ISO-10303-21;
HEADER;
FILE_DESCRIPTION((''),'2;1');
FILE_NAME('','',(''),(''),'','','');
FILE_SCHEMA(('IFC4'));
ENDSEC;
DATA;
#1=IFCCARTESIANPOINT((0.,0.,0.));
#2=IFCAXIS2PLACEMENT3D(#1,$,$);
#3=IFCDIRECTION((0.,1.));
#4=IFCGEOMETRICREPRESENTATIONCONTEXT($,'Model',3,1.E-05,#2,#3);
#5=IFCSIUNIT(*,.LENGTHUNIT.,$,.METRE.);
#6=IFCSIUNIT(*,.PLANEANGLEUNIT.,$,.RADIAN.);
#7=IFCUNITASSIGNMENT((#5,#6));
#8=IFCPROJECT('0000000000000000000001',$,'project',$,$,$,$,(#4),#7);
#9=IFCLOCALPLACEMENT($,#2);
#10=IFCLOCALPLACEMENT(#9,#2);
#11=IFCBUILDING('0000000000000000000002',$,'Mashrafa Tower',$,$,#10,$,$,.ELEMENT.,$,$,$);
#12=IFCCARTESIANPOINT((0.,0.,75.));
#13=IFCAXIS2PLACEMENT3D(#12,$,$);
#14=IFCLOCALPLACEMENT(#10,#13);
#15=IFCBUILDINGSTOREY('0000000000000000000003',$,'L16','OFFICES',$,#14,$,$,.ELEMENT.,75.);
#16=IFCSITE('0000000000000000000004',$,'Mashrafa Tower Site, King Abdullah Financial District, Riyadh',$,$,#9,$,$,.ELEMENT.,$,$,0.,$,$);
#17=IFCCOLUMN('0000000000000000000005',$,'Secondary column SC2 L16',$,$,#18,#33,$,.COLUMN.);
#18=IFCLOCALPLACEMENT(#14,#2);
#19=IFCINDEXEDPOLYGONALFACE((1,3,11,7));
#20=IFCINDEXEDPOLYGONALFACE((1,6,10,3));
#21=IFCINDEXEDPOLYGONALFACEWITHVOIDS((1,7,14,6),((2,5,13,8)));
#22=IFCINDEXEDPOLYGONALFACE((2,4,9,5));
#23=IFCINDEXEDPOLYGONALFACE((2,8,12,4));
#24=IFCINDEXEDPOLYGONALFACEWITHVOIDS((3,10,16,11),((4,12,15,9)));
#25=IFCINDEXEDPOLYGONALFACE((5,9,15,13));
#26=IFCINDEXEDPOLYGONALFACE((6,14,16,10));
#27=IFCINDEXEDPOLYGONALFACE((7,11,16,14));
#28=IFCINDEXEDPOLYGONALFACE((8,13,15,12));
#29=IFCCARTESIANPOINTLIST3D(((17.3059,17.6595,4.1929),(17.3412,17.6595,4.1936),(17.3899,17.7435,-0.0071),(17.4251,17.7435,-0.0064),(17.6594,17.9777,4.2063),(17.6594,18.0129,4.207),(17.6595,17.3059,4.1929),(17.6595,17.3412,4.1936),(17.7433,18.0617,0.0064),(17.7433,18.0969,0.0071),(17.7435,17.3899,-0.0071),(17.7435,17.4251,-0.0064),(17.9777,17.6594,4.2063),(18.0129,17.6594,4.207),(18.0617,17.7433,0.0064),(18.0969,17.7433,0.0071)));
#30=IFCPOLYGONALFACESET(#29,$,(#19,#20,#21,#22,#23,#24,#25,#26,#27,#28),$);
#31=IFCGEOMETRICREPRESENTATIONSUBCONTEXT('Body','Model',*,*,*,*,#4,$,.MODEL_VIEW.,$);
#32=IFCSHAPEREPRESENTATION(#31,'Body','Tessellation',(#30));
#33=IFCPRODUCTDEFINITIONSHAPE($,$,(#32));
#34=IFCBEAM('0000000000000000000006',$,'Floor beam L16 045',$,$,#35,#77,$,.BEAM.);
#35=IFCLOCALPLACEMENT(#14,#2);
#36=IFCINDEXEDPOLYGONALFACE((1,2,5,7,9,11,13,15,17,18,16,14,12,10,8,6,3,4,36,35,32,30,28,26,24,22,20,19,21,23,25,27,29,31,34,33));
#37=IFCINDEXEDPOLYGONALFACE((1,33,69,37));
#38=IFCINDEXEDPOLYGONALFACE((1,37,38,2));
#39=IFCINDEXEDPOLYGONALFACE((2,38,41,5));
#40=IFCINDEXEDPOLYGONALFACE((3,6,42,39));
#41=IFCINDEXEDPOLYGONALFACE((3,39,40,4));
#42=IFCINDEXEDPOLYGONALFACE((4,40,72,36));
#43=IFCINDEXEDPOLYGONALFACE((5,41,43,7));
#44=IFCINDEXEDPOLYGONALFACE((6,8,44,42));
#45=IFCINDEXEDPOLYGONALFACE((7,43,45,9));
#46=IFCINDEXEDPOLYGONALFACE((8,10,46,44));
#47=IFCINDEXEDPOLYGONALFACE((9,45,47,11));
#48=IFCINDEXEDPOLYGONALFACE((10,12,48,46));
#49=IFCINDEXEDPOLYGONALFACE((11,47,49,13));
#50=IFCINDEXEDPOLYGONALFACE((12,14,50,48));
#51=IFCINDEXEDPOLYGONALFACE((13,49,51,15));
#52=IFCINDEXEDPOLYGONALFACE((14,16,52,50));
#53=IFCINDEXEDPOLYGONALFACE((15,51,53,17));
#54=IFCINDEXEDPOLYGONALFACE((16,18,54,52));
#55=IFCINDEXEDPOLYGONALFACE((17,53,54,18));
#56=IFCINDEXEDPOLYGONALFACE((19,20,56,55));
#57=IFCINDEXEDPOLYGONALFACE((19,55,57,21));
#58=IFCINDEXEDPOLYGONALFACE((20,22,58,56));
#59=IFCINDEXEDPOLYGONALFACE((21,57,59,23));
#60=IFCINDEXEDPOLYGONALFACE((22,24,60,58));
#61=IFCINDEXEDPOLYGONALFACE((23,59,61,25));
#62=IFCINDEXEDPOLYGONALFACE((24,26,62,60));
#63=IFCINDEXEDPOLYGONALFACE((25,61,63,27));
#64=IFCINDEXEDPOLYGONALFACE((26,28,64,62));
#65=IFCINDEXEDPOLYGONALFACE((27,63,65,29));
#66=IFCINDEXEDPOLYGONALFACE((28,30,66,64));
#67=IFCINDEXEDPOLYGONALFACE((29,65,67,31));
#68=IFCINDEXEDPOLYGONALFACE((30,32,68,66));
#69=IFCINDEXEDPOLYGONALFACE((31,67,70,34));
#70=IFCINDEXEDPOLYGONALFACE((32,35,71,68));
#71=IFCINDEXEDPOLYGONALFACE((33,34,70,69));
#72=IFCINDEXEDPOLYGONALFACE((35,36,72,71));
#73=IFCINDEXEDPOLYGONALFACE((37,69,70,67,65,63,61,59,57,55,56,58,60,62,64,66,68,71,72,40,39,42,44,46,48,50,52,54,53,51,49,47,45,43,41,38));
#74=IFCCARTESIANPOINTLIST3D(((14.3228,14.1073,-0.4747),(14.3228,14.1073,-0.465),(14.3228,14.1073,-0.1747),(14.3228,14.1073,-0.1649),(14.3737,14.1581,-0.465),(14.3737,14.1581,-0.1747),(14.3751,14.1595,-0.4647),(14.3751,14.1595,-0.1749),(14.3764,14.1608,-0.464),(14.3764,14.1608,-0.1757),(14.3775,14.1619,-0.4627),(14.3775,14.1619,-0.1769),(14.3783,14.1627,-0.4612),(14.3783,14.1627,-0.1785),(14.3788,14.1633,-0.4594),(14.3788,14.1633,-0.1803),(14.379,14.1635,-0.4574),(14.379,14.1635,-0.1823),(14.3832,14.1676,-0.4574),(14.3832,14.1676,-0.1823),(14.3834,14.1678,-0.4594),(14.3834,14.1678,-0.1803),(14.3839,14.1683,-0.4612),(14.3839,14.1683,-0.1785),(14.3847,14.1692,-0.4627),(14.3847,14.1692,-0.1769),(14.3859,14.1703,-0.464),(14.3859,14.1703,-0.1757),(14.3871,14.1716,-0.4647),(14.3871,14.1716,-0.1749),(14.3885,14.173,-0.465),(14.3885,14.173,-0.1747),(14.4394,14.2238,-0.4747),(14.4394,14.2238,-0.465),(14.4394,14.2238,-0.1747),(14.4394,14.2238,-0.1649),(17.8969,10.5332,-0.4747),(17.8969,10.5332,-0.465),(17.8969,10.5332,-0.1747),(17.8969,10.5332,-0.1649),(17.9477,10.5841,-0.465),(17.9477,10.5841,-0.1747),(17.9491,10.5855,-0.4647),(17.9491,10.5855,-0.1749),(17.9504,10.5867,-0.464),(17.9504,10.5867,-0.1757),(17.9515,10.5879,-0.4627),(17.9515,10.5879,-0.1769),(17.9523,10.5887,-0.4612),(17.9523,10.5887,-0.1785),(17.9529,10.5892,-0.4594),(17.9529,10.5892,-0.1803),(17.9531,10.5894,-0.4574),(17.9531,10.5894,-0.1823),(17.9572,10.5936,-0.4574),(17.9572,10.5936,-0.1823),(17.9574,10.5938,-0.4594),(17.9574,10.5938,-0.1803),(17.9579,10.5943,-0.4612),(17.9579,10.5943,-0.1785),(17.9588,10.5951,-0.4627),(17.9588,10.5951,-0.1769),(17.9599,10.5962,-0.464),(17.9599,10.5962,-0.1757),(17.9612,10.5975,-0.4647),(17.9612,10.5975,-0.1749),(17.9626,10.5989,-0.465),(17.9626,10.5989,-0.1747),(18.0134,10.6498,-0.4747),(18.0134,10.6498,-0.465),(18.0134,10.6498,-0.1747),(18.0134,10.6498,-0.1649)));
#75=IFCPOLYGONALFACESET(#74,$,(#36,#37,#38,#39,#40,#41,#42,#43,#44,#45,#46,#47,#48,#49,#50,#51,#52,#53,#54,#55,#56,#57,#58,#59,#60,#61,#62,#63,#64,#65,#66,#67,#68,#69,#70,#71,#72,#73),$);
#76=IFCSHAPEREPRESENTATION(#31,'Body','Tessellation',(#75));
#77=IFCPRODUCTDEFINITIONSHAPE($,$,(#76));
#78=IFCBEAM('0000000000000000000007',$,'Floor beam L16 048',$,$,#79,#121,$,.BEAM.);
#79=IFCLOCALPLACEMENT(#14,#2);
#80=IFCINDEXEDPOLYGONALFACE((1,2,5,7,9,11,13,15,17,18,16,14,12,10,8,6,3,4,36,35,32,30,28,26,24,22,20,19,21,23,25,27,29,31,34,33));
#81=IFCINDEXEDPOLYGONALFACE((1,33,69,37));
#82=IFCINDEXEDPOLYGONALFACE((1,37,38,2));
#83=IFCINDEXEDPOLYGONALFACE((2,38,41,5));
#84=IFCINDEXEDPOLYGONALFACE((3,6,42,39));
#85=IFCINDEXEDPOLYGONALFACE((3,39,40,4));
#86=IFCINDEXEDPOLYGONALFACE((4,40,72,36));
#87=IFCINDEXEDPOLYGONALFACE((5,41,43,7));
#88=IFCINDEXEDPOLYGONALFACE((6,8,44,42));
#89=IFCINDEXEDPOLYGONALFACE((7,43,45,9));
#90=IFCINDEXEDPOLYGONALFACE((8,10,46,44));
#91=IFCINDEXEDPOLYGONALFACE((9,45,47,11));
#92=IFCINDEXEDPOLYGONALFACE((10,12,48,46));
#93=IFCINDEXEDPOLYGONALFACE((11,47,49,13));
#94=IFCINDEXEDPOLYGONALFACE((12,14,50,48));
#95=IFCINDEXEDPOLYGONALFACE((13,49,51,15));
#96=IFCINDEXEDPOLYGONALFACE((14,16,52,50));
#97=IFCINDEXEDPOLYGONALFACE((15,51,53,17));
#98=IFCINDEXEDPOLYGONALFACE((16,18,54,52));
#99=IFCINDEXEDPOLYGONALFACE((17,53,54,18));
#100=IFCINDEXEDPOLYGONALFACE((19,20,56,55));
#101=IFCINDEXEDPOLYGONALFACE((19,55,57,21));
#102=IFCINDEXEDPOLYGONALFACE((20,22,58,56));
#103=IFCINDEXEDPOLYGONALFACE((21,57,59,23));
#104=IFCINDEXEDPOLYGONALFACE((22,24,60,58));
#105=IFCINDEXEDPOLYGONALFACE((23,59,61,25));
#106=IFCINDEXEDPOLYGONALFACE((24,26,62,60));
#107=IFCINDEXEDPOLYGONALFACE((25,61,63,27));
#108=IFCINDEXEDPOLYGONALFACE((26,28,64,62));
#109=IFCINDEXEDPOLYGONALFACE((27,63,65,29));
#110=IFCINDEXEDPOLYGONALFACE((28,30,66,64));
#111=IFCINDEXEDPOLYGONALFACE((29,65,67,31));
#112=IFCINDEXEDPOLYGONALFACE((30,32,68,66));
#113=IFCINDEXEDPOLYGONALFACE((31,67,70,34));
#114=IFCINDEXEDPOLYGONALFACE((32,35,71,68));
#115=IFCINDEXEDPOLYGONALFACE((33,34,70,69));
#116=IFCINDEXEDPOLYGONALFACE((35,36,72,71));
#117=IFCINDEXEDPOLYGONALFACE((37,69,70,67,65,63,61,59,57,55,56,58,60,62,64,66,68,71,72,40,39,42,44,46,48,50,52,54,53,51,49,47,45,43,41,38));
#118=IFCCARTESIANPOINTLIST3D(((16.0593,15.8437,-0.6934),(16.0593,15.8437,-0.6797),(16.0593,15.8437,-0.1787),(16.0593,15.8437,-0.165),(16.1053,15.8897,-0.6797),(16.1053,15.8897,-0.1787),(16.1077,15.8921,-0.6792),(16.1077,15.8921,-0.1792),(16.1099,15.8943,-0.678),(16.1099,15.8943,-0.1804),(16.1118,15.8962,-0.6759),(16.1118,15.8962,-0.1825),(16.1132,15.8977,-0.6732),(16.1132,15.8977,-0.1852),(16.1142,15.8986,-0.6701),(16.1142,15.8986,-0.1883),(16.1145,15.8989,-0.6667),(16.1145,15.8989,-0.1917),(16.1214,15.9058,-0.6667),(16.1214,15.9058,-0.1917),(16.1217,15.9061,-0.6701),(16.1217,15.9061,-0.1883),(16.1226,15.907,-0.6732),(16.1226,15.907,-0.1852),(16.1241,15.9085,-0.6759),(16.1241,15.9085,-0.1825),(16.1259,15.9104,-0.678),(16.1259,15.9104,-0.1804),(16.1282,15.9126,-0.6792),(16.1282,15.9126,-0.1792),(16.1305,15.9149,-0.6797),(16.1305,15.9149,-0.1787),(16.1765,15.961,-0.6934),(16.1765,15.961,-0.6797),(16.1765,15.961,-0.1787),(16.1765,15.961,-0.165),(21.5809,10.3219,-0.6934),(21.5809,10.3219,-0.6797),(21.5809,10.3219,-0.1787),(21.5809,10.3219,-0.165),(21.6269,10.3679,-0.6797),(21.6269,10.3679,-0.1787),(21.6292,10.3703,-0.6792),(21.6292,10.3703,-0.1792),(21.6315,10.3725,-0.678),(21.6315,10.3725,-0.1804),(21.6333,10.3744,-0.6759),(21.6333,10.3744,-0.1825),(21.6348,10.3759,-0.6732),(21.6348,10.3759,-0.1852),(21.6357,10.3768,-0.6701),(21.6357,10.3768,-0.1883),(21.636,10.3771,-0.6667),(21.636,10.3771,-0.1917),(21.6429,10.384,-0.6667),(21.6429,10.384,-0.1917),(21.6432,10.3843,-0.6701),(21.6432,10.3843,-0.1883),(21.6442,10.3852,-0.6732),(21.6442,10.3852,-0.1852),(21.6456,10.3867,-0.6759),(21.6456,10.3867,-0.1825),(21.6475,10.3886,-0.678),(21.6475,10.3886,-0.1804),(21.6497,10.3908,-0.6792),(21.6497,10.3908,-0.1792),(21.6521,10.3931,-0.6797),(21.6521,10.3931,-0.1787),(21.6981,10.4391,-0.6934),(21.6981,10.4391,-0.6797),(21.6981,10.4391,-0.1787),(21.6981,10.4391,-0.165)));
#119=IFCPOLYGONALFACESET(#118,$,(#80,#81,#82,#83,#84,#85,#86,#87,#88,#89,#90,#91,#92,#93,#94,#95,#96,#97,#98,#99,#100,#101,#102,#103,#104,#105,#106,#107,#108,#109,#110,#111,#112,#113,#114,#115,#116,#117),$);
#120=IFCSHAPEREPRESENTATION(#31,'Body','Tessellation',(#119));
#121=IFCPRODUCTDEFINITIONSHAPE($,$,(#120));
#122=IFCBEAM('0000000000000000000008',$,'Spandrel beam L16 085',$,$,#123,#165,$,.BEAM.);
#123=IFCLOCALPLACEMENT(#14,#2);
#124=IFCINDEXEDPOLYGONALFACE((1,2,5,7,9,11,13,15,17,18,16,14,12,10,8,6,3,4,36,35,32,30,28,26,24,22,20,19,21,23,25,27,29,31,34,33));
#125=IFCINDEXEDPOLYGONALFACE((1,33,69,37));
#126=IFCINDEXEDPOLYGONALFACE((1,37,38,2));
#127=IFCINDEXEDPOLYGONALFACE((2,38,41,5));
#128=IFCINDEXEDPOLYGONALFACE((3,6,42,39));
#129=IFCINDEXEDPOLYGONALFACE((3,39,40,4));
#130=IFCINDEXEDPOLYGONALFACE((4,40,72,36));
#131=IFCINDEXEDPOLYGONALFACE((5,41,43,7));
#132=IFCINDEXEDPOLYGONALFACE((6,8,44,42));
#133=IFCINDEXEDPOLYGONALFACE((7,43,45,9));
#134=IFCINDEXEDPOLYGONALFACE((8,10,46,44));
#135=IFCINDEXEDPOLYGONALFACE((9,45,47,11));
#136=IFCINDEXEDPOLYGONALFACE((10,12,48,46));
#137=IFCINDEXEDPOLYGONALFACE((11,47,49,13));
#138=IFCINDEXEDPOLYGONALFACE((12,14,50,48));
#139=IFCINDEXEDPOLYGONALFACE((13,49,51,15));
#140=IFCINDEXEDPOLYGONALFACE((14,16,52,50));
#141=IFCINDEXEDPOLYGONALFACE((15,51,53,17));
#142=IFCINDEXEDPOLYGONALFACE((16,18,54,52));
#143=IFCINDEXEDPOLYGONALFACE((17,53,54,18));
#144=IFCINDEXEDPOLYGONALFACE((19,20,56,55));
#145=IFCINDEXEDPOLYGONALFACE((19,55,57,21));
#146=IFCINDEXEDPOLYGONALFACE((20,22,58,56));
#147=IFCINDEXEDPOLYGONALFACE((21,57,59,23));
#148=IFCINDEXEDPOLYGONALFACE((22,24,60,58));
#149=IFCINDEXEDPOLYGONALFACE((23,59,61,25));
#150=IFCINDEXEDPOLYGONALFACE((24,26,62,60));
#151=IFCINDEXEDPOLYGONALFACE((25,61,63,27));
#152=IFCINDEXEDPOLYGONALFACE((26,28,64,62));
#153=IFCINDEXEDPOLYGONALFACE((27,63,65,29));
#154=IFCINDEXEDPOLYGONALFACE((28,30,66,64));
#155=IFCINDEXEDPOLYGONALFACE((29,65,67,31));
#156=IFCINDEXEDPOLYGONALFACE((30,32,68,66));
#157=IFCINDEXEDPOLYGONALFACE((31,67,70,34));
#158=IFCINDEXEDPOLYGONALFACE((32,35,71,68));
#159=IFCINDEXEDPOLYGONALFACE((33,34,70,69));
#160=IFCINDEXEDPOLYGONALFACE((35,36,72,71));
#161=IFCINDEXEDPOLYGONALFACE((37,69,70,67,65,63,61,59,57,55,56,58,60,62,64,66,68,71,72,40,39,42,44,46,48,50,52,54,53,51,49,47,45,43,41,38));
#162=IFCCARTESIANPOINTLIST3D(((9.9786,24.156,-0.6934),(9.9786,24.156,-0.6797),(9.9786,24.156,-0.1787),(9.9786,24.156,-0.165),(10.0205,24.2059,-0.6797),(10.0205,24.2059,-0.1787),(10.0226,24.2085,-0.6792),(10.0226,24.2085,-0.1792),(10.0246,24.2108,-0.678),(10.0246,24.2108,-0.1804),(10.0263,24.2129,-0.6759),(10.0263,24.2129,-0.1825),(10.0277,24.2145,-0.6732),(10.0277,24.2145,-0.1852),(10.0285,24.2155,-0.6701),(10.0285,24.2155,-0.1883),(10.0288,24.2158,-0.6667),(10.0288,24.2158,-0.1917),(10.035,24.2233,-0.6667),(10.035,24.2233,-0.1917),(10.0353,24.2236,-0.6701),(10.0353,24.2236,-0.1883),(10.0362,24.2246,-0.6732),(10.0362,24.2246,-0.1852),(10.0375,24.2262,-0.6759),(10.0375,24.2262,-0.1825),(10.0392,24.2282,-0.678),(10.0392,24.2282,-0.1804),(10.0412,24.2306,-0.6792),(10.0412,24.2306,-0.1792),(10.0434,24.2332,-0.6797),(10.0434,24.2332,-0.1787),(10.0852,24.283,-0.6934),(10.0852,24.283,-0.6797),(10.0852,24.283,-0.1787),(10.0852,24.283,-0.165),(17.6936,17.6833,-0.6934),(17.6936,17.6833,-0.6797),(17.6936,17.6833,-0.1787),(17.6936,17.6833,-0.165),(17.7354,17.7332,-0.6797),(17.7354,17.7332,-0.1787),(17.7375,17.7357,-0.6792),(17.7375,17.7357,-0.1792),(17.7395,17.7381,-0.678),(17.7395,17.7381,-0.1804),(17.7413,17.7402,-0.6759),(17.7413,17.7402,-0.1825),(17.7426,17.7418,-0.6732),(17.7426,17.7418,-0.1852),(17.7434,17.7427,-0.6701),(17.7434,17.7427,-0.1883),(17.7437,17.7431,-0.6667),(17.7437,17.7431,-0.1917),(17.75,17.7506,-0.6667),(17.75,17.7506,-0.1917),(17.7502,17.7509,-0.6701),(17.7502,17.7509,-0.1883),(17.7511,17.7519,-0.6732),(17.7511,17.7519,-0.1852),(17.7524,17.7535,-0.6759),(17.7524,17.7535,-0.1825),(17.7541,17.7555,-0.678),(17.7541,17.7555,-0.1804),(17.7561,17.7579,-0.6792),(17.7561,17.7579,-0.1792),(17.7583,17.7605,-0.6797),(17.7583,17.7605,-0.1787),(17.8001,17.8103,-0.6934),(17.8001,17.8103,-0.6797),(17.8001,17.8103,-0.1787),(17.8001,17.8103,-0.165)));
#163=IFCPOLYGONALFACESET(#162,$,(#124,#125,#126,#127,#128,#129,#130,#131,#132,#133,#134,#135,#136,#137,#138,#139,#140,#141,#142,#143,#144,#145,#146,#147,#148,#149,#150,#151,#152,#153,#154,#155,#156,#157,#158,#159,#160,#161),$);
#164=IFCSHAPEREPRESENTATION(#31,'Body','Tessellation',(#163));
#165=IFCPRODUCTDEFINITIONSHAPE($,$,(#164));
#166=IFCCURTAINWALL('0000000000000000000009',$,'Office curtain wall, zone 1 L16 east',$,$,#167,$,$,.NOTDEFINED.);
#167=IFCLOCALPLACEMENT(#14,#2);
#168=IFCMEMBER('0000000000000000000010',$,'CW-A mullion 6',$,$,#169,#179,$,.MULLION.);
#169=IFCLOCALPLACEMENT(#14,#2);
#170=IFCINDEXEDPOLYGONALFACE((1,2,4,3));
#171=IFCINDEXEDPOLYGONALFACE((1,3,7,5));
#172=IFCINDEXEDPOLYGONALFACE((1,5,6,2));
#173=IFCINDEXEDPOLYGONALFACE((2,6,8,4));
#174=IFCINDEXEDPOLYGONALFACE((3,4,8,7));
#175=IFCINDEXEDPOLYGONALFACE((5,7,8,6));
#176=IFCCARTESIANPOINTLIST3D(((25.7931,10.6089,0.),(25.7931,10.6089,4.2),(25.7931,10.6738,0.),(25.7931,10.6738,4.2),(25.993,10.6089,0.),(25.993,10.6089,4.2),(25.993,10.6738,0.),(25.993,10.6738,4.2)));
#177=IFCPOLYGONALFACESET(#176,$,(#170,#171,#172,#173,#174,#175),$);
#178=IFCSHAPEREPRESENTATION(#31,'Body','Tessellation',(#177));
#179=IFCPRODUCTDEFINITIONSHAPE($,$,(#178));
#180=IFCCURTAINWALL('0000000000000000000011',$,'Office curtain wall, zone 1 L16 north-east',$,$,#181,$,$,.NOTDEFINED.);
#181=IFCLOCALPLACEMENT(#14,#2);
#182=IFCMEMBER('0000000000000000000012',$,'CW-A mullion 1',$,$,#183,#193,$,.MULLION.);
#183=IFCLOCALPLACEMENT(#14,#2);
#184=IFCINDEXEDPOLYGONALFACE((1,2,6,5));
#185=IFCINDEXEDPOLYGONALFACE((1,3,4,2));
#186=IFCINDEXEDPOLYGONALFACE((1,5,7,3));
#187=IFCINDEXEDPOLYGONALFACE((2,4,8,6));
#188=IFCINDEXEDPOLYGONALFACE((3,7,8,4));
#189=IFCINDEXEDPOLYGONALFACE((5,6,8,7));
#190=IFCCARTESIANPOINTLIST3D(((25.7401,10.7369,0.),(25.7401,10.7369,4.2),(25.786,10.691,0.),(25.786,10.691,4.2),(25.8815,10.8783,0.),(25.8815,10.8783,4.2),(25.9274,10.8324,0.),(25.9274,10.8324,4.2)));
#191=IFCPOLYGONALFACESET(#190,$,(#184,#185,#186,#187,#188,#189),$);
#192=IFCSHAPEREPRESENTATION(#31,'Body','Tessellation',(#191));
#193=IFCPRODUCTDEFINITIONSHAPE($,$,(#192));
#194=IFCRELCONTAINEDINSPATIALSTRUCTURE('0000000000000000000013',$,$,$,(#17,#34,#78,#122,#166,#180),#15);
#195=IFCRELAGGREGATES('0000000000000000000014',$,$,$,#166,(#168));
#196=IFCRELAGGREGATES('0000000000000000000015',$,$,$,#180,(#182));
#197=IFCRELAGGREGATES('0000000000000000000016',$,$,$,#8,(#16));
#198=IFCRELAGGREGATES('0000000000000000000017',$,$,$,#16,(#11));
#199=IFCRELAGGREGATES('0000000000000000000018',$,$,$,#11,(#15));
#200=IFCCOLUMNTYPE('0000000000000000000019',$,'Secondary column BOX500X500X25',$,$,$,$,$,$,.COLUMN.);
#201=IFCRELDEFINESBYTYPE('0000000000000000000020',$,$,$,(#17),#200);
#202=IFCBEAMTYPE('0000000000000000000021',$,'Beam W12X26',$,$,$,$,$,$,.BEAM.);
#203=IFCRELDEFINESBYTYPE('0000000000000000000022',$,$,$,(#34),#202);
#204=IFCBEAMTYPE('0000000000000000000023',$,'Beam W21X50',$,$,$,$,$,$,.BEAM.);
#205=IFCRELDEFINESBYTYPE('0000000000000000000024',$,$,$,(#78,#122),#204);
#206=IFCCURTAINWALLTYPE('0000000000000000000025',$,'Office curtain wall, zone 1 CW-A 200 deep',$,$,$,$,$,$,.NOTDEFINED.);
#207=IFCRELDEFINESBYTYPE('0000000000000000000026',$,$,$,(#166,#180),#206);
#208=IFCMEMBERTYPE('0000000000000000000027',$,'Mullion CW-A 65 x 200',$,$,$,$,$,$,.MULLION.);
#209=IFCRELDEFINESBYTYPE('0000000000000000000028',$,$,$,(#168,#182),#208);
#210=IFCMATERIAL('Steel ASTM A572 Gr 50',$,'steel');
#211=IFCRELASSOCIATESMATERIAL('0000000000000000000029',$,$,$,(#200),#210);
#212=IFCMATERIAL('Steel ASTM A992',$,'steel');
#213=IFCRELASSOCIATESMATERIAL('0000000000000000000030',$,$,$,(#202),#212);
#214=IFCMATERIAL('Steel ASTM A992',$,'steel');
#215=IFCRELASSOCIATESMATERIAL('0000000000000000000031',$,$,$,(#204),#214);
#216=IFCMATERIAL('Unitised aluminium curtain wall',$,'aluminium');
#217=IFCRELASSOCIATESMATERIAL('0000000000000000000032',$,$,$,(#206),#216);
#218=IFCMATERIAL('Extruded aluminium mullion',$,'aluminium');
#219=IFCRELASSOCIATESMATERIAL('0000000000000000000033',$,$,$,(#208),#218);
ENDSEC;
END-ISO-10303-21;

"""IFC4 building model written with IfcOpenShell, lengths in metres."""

from ifc_helpers import new_model, si_unit, direction, frame, origin, origin_2d, place, context, subcontext, project, spatial, rectangle, hollow_rectangle, i_section, extrude, source, transform, mapped, material, material_profile, profile_set, type_object, type_shapes, element, aggregate, save


model = new_model("IFC4")

# Units and contexts
model_context = context("Model", 3, precision=1e-05, world=origin(), true_north=direction((0.0, 1.0)))
body_context = subcontext(model_context, "Body", "Model", "MODEL_VIEW")
ifc_project = project(units=[si_unit("LENGTHUNIT", "METRE"), si_unit("PLANEANGLEUNIT", "RADIAN")], contexts=[model_context])

# Site, building, storey
site_placement = place(None, origin())
site = spatial("IfcSite", under=ifc_project, at=site_placement, Name="Mashrafa Tower Site, King Abdullah Financial District, Riyadh", CompositionType="ELEMENT", RefElevation=0.0)
building_placement = place(site_placement, origin())
building = spatial("IfcBuilding", under=site, at=building_placement, Name="Mashrafa Tower", CompositionType="ELEMENT")
storey_placement = place(building_placement, frame((0.0, 0.0, 75.0)))
storey = spatial("IfcBuildingStorey", under=building, at=storey_placement, Name="L16", Description="OFFICES", CompositionType="ELEMENT", Elevation=75.0)

# Column
ifc_material_1 = material(Name="Steel ASTM A572 Gr 50", Category="steel")
ifc_material_profile_1 = material_profile(ifc_material_1, hollow_rectangle(XDim=0.5, YDim=0.5, WallThickness=0.0249, at=origin_2d()), Name="BOX500X500X25")
ifc_profile_set_1 = profile_set([ifc_material_profile_1], Name="Steel ASTM A572 Gr 50")
column_type = type_object("IfcColumnType", Name="Secondary column BOX500X500X25", PredefinedType="COLUMN", material=ifc_profile_set_1)
column_placement = place(storey_placement, frame((17.7434, 17.7434, 0.0), z_axis=(-0.019989, -0.019989, 0.9996), x_axis=(0.707107, -0.707107, 0.0)))
element("IfcColumn", 1, at=column_placement, inside=storey, type_object=column_type, Name="Secondary column SC2 L16", PredefinedType="COLUMN", context=body_context, shape_type="SweptSolid", body=[
    extrude(hollow_rectangle(XDim=0.5, YDim=0.5, WallThickness=0.0249, at=origin_2d()), origin(), (0.0, 0.0, 1.0), 4.2017),
])

# Beams
ifc_material_2 = material(Name="Steel ASTM A992", Category="steel")
ifc_material_profile_2 = material_profile(ifc_material_2, i_section(OverallWidth=0.1648, OverallDepth=0.3098, WebThickness=0.0059, FlangeThickness=0.0098, FilletRadius=0.0076, at=origin_2d()), Name="W12X26")
ifc_profile_set_2 = profile_set([ifc_material_profile_2], Name="Steel ASTM A992")
beam_type_1 = type_object("IfcBeamType", Name="Beam W12X26", PredefinedType="BEAM", material=ifc_profile_set_2)
beam_1_placement = place(storey_placement, frame((14.3811, 14.1655, -0.3198), z_axis=(0.707107, -0.707107, 0.0), x_axis=(0.707107, 0.707107, 0.0)))
element("IfcBeam", 2, at=beam_1_placement, inside=storey, type_object=beam_type_1, Name="Floor beam L16 045", PredefinedType="BEAM", context=body_context, shape_type="SweptSolid", body=[
    extrude(i_section(OverallWidth=0.1648, OverallDepth=0.3098, WebThickness=0.0059, FlangeThickness=0.0098, FilletRadius=0.0076, at=origin_2d()), origin(), (0.0, 0.0, 1.0), 5.0544),
])
ifc_material_3 = material(Name="Steel ASTM A992", Category="steel")
ifc_material_profile_3 = material_profile(ifc_material_3, i_section(OverallWidth=0.1658, OverallDepth=0.5283, WebThickness=0.0098, FlangeThickness=0.0137, FilletRadius=0.0129, at=origin_2d()), Name="W21X50")
ifc_profile_set_3 = profile_set([ifc_material_profile_3], Name="Steel ASTM A992")
beam_type_2 = type_object("IfcBeamType", Name="Beam W21X50", PredefinedType="BEAM", material=ifc_profile_set_3)
beam_2_placement = place(storey_placement, frame((16.1179, 15.9023, -0.4292), z_axis=(0.707091, -0.707122, 0.0), x_axis=(0.707122, 0.707091, 0.0)))
element("IfcBeam", 3, at=beam_2_placement, inside=storey, type_object=beam_type_2, Name="Floor beam L16 048", PredefinedType="BEAM", context=body_context, shape_type="SweptSolid", body=[
    extrude(i_section(OverallWidth=0.1658, OverallDepth=0.5283, WebThickness=0.0098, FlangeThickness=0.0137, FilletRadius=0.0129, at=origin_2d()), origin(), (0.0, 0.0, 1.0), 7.8088),
])
beam_3_placement = place(storey_placement, frame((17.7468, 17.7468, -0.4292), z_axis=(-0.766087, 0.642737, 0.0), x_axis=(-0.642737, -0.766087, 0.0)))
element("IfcBeam", 4, at=beam_3_placement, inside=storey, type_object=beam_type_2, Name="Spandrel beam L16 085", PredefinedType="BEAM", context=body_context, shape_type="SweptSolid", body=[
    extrude(i_section(OverallWidth=0.1658, OverallDepth=0.5283, WebThickness=0.0098, FlangeThickness=0.0137, FilletRadius=0.0129, at=origin_2d()), origin(), (0.0, 0.0, 1.0), 10.0706),
])

# Curtain wall, member
ifc_material_4 = material(Name="Unitised aluminium curtain wall", Category="aluminium")
curtain_wall_type = type_object("IfcCurtainWallType", Name="Office curtain wall, zone 1 CW-A 200 deep", PredefinedType="NOTDEFINED", material=ifc_material_4)
curtain_wall_1_placement = place(storey_placement, origin())
curtain_wall_1 = element("IfcCurtainWall", 5, at=curtain_wall_1_placement, inside=storey, type_object=curtain_wall_type, Name="Office curtain wall, zone 1 L16 east", PredefinedType="NOTDEFINED")
ifc_material_5 = material(Name="Extruded aluminium mullion", Category="aluminium")
ifc_material_profile_4 = material_profile(ifc_material_5, rectangle(XDim=0.2, YDim=0.0649, at=origin_2d()), Name="Mullion 65x200")
ifc_profile_set_4 = profile_set([ifc_material_profile_4], Name="Extruded aluminium mullion")
member_type_1 = type_object("IfcMemberType", Name="Mullion CW-A 65 x 200", PredefinedType="MULLION", material=ifc_profile_set_4)
shared_shape_1 = source(origin(), body_context, "Body", "SweptSolid", [
    extrude(rectangle(XDim=0.2, YDim=0.0649, at=origin_2d()), origin(), (0.0, 0.0, 1.0), 4.2),
])
type_shapes(member_type_1, [shared_shape_1])
member_1_placement = place(storey_placement, frame((25.8931, 10.6414, 0.0), z_axis=(0.0, 0.0, 1.0), x_axis=(-1.0, 0.0, 0.0)))
member_1 = element("IfcMember", 6, at=member_1_placement, type_object=member_type_1, Name="CW-A mullion 6", PredefinedType="MULLION", context=body_context, shape_type="MappedRepresentation", body=[
    mapped(shared_shape_1, transform((0.0, 0.0, 0.0))),
])
aggregate(curtain_wall_1, [member_1])

# Curtain wall, member
curtain_wall_2_placement = place(storey_placement, origin())
curtain_wall_2 = element("IfcCurtainWall", 7, at=curtain_wall_2_placement, inside=storey, type_object=curtain_wall_type, Name="Office curtain wall, zone 1 L16 north-east", PredefinedType="NOTDEFINED")
member_2_placement = place(storey_placement, frame((25.8337, 10.7847, 0.0), z_axis=(0.0, 0.0, 1.0), x_axis=(-0.707107, -0.707107, 0.0)))
member_2 = element("IfcMember", 8, at=member_2_placement, type_object=member_type_1, Name="CW-A mullion 1", PredefinedType="MULLION", context=body_context, shape_type="MappedRepresentation", body=[
    mapped(shared_shape_1, transform((0.0, 0.0, 0.0))),
])
aggregate(curtain_wall_2, [member_2])

save(model, "model.ifc")
